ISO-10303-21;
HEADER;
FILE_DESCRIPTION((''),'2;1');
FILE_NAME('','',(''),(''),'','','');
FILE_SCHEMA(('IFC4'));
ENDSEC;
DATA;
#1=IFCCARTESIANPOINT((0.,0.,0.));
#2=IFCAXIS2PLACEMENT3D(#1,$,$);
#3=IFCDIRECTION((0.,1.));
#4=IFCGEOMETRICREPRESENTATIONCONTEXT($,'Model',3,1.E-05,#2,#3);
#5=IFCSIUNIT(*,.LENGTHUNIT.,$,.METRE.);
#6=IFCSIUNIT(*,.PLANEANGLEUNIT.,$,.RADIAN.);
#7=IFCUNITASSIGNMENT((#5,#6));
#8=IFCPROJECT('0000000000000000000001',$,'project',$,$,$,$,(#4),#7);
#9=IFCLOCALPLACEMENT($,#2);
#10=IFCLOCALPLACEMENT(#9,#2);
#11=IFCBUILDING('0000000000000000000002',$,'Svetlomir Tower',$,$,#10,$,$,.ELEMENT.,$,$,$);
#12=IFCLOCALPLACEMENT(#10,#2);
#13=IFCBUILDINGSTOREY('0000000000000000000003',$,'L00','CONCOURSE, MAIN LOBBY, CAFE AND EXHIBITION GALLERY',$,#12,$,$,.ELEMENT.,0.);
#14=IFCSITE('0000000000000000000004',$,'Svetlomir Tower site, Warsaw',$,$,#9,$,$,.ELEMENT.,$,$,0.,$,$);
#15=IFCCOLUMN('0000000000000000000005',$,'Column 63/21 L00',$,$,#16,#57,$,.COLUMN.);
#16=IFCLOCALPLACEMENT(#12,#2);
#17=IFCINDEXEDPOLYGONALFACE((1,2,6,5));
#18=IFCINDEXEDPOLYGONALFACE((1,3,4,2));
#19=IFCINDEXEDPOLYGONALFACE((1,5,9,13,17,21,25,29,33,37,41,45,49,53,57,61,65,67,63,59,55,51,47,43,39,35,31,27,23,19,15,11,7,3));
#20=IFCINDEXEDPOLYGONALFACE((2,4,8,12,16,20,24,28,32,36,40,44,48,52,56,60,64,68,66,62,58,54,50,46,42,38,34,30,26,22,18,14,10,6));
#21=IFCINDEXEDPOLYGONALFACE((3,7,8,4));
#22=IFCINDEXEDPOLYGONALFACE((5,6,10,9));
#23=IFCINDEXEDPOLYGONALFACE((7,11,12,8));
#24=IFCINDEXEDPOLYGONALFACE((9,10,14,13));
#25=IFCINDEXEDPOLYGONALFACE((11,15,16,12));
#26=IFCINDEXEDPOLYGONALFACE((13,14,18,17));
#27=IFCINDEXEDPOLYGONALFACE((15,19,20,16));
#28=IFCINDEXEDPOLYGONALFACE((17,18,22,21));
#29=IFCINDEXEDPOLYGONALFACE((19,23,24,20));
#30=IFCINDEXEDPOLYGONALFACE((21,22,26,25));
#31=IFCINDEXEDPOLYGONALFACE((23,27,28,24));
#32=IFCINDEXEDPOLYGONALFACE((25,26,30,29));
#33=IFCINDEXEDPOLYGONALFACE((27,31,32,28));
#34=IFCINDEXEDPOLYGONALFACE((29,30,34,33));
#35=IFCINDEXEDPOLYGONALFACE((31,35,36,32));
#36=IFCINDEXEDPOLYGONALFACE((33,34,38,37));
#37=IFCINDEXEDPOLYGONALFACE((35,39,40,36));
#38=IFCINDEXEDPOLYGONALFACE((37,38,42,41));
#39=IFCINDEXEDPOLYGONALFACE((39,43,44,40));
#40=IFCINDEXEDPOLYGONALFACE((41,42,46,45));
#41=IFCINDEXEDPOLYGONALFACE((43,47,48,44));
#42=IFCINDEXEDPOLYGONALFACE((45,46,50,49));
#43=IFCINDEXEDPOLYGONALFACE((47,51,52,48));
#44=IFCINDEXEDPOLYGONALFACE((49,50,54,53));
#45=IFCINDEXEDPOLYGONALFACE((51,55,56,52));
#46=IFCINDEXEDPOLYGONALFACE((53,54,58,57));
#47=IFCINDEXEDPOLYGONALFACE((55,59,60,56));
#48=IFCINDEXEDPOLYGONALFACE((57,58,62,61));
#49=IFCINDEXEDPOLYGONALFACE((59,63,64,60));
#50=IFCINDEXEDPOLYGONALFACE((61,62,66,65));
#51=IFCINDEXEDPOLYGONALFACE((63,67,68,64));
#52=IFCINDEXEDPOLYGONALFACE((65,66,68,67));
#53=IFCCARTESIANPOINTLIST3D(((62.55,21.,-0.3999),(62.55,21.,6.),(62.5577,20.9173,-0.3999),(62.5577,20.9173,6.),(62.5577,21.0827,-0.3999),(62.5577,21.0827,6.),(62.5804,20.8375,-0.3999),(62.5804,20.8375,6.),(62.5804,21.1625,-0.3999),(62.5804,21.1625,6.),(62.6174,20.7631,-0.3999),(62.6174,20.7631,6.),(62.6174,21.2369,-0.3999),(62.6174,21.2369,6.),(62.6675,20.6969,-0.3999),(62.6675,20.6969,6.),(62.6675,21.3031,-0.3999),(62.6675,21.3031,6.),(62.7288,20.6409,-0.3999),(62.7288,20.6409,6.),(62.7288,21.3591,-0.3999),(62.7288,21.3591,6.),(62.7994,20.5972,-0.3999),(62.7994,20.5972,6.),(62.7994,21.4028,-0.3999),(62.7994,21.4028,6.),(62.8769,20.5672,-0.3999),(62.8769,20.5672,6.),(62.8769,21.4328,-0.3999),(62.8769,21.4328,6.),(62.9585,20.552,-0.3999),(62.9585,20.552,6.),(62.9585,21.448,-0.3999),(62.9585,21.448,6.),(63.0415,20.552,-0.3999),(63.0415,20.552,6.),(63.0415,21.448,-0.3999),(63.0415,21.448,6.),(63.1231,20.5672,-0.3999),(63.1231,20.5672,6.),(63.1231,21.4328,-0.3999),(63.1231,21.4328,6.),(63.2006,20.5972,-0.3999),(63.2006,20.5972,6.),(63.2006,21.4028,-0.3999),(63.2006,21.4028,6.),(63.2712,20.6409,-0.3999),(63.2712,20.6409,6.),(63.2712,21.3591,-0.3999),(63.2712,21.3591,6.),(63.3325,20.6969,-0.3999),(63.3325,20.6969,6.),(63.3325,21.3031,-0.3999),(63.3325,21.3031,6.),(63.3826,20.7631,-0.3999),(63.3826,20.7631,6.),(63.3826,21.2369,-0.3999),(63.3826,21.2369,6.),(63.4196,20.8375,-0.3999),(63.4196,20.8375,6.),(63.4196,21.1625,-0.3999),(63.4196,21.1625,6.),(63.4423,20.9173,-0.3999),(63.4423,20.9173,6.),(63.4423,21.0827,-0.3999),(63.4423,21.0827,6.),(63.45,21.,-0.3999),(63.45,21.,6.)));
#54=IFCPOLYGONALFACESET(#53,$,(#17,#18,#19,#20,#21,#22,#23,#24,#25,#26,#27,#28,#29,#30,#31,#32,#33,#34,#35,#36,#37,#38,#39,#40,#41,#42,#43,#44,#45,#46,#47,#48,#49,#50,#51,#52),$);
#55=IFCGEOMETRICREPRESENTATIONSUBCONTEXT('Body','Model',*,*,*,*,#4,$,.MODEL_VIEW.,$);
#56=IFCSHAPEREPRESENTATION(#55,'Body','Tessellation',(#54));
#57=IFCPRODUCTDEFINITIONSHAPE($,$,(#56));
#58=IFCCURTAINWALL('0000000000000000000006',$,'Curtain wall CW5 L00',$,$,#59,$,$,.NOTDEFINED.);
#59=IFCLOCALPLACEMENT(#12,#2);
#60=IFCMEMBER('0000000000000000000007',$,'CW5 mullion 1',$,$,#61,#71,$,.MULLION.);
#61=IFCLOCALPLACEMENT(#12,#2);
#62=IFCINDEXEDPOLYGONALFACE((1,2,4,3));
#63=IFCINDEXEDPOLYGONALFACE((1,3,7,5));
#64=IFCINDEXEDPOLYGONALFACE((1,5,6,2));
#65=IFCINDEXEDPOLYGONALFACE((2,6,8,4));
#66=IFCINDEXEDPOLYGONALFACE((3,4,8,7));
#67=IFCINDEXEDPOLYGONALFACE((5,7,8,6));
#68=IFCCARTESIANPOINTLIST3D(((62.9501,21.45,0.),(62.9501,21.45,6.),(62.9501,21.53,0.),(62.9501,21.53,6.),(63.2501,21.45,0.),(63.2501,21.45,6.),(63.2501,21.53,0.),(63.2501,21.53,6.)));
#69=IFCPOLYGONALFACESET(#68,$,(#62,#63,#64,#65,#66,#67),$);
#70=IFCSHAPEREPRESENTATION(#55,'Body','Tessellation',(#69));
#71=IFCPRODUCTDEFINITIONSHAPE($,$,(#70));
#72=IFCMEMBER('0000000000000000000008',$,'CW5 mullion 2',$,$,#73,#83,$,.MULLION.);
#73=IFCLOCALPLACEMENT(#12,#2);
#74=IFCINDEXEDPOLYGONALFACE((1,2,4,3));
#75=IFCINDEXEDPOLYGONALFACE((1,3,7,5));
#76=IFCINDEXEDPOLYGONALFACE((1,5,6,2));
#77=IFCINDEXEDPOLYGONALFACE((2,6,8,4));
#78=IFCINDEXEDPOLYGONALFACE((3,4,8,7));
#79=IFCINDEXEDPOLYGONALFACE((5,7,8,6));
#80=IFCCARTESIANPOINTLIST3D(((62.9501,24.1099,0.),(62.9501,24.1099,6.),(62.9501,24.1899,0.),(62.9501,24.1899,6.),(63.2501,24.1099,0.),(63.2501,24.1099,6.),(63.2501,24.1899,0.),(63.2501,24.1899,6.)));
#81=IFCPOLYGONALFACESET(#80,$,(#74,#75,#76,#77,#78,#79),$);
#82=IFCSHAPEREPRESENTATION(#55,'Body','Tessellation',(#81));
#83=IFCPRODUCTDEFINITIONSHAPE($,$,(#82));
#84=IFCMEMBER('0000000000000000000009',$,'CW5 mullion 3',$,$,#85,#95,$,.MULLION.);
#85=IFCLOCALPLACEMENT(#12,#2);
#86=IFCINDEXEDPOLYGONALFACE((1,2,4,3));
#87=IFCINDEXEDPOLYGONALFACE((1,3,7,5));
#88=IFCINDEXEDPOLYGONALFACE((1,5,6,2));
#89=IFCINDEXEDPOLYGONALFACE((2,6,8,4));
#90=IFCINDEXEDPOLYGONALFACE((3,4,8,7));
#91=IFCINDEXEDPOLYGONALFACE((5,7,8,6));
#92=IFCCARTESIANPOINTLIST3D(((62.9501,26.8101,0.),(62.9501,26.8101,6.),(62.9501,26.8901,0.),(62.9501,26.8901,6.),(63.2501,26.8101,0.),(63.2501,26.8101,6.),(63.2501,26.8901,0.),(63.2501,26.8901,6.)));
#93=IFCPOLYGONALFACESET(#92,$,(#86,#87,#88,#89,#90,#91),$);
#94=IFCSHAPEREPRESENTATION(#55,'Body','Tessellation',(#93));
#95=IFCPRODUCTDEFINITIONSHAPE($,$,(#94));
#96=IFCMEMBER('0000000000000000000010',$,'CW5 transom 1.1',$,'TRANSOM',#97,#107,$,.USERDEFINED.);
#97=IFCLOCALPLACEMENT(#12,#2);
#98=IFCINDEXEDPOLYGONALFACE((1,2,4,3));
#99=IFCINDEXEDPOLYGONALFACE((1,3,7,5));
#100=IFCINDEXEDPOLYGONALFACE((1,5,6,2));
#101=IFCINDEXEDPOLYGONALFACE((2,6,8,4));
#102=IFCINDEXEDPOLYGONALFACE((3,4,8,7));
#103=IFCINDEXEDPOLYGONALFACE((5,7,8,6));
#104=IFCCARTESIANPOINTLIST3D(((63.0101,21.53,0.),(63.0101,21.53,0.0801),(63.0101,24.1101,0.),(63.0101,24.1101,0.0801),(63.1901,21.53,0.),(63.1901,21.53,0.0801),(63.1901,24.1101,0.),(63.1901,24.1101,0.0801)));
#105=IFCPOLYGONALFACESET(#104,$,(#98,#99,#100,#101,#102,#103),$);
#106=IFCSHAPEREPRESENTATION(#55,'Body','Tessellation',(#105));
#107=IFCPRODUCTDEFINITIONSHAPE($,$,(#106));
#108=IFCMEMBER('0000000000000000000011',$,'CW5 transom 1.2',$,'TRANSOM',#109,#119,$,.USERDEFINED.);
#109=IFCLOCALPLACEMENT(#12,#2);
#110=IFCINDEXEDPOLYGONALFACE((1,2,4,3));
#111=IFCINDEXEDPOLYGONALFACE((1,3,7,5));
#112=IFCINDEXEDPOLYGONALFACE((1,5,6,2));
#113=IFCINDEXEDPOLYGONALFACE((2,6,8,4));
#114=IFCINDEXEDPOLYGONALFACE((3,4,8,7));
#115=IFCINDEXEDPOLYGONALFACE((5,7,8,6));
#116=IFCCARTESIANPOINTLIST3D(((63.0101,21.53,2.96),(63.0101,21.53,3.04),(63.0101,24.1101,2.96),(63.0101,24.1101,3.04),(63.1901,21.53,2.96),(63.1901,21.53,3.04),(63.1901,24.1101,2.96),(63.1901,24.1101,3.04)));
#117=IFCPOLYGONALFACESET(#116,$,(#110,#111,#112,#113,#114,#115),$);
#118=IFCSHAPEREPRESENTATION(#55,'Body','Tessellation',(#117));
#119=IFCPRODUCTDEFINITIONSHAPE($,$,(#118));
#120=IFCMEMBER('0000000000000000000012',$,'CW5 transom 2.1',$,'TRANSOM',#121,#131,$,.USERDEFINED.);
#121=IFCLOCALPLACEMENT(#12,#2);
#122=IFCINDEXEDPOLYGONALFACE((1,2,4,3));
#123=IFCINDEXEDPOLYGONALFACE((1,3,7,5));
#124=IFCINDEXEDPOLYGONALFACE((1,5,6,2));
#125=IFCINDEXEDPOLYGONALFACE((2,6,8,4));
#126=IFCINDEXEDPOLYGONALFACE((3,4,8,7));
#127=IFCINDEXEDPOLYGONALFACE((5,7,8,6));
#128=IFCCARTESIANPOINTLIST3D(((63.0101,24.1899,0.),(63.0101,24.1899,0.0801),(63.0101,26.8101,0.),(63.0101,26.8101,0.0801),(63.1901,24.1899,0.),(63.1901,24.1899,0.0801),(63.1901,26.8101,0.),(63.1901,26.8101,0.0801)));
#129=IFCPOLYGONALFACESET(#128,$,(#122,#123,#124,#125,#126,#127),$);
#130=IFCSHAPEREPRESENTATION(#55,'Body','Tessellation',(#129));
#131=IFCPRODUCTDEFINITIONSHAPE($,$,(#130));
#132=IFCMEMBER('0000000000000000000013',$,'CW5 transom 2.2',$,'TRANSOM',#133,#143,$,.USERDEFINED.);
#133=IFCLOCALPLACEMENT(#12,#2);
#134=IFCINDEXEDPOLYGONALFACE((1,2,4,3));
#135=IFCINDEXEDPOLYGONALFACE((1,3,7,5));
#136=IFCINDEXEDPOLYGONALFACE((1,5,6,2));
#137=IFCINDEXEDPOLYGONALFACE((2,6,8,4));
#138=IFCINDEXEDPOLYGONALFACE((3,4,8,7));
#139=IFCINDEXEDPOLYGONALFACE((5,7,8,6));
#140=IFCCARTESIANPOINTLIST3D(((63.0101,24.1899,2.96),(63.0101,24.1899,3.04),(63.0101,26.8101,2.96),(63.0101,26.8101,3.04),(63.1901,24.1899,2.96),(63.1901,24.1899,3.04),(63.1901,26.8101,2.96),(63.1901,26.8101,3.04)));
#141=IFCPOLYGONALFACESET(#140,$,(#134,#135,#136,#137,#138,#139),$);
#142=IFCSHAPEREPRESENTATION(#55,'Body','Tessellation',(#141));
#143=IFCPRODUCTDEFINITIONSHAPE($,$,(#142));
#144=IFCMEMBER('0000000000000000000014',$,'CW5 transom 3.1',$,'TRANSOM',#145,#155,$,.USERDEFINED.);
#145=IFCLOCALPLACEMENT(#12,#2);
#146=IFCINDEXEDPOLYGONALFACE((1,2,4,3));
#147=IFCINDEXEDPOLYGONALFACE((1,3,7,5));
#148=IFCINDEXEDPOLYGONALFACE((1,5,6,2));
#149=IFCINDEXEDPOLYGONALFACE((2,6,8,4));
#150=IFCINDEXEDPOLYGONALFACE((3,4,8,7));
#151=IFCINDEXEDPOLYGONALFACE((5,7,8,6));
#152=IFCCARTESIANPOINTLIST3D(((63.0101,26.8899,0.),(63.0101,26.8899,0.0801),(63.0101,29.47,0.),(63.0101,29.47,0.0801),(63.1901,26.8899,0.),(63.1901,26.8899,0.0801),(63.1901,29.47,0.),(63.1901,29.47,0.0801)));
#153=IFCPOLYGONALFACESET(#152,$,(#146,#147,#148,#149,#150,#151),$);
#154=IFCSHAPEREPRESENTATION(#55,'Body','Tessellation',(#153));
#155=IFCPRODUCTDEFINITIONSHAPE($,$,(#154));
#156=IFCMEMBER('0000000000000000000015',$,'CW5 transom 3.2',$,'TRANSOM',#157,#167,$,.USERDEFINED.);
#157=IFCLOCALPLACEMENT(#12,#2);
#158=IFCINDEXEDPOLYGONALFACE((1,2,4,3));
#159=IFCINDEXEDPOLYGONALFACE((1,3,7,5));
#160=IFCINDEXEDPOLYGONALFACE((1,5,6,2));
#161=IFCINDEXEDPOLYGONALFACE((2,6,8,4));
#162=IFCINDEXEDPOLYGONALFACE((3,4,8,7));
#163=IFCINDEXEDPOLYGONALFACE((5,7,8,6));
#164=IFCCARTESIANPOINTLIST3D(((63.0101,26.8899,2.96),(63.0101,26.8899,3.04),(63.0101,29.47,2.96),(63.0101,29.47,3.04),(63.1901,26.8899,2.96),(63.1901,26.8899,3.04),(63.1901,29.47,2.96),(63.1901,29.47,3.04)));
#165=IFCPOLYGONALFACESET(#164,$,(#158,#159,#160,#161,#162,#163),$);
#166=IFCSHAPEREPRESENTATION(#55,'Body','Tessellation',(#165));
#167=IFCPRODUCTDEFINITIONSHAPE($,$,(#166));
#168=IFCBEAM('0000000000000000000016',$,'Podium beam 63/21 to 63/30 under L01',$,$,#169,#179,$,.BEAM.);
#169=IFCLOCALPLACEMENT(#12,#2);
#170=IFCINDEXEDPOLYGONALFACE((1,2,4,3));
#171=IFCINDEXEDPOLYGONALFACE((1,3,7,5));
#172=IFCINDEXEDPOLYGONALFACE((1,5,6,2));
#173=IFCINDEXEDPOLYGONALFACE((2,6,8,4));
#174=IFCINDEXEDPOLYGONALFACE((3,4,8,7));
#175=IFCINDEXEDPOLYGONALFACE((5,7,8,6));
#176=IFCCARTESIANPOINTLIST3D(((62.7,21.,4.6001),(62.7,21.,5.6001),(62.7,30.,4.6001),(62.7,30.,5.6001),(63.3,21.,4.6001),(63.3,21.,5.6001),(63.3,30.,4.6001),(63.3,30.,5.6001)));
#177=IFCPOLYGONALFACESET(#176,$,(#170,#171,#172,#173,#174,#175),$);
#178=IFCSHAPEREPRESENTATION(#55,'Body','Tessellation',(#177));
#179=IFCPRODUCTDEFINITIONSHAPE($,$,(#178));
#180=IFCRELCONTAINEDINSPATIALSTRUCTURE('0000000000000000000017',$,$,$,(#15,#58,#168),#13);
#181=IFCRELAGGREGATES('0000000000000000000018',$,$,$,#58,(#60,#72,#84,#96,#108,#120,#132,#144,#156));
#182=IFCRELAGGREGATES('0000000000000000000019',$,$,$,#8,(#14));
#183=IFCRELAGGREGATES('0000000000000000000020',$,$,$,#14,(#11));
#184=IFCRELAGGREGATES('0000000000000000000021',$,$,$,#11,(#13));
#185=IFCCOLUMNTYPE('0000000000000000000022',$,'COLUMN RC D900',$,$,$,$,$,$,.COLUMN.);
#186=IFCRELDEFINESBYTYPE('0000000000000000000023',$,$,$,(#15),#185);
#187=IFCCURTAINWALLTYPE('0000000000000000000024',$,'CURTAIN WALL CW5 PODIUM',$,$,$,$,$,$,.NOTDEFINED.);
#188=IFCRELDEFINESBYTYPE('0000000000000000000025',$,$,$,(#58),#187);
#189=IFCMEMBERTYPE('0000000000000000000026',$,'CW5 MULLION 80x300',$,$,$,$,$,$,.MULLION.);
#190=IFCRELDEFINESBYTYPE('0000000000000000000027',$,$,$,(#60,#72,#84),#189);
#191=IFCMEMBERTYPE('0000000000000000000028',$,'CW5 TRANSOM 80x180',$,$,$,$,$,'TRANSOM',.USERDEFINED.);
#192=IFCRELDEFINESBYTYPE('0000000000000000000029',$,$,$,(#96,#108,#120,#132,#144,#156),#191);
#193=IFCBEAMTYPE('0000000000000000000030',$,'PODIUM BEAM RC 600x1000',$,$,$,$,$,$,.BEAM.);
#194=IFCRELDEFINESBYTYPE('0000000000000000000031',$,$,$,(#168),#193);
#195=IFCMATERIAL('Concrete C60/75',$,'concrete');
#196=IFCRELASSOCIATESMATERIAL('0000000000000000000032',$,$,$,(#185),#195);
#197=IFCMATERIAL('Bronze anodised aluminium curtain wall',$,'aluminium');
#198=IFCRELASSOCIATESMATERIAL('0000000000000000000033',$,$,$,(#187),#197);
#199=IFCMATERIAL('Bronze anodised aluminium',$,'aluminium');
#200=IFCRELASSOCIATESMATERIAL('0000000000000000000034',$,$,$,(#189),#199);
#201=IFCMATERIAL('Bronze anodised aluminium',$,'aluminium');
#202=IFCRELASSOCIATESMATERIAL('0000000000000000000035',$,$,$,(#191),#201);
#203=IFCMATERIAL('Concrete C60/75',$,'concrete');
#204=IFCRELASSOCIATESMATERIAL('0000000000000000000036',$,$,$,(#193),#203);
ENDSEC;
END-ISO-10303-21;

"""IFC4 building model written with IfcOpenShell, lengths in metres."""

from ifc_helpers import new_model, si_unit, direction, frame, origin, origin_2d, place, context, subcontext, project, spatial, rectangle, circle, extrude, material, material_profile, profile_set, type_object, element, aggregate, save


model = new_model("IFC4")

# Units and contexts
model_context = context("Model", 3, precision=1e-05, world=origin(), true_north=direction((0.0, 1.0)))
body_context = subcontext(model_context, "Body", "Model", "MODEL_VIEW")
ifc_project = project(units=[si_unit("LENGTHUNIT", "METRE"), si_unit("PLANEANGLEUNIT", "RADIAN")], contexts=[model_context])

# Site, building, storey
site_placement = place(None, origin())
site = spatial("IfcSite", under=ifc_project, at=site_placement, Name="Svetlomir Tower site, Warsaw", CompositionType="ELEMENT", RefElevation=0.0)
building_placement = place(site_placement, origin())
building = spatial("IfcBuilding", under=site, at=building_placement, Name="Svetlomir Tower", CompositionType="ELEMENT")
storey_placement = place(building_placement, origin())
storey = spatial("IfcBuildingStorey", under=building, at=storey_placement, Name="L00", Description="CONCOURSE, MAIN LOBBY, CAFE AND EXHIBITION GALLERY", CompositionType="ELEMENT", Elevation=0.0)

# Column
ifc_material_1 = material(Name="Concrete C60/75", Category="concrete")
ifc_material_profile_1 = material_profile(ifc_material_1, circle(Radius=0.45, at=origin_2d()), Name="RC D900")
ifc_profile_set_1 = profile_set([ifc_material_profile_1], Name="Concrete C60/75")
column_type = type_object("IfcColumnType", Name="COLUMN RC D900", PredefinedType="COLUMN", material=ifc_profile_set_1)
column_placement = place(storey_placement, frame((63.0, 21.0, -0.3999), z_axis=(0.0, 0.0, 1.0), x_axis=(1.0, 0.0, 0.0)))
element("IfcColumn", 1, at=column_placement, inside=storey, type_object=column_type, Name="Column 63/21 L00", PredefinedType="COLUMN", context=body_context, shape_type="SweptSolid", body=[
    extrude(circle(Radius=0.45, at=origin_2d()), origin(), (0.0, 0.0, 1.0), 6.3999),
])

# Curtain wall, members
ifc_material_2 = material(Name="Bronze anodised aluminium curtain wall", Category="aluminium")
curtain_wall_type = type_object("IfcCurtainWallType", Name="CURTAIN WALL CW5 PODIUM", PredefinedType="NOTDEFINED", material=ifc_material_2)
curtain_wall_placement = place(storey_placement, origin())
curtain_wall = element("IfcCurtainWall", 2, at=curtain_wall_placement, inside=storey, type_object=curtain_wall_type, Name="Curtain wall CW5 L00", PredefinedType="NOTDEFINED")
ifc_material_3 = material(Name="Bronze anodised aluminium", Category="aluminium")
ifc_material_profile_2 = material_profile(ifc_material_3, rectangle(XDim=0.0801, YDim=0.3, at=origin_2d()), Name="AL 80x300")
ifc_profile_set_2 = profile_set([ifc_material_profile_2], Name="Bronze anodised aluminium 6063-T6")
member_type_1 = type_object("IfcMemberType", Name="CW5 MULLION 80x300", PredefinedType="MULLION", material=ifc_profile_set_2)
member_1_placement = place(storey_placement, frame((63.1001, 21.49, 0.0), z_axis=(0.0, 0.0, 1.0), x_axis=(0.0, 1.0, 0.0)))
member_1 = element("IfcMember", 3, at=member_1_placement, type_object=member_type_1, Name="CW5 mullion 1", PredefinedType="MULLION", context=body_context, shape_type="SweptSolid", body=[
    extrude(rectangle(XDim=0.0801, YDim=0.3, at=origin_2d()), origin(), (0.0, 0.0, 1.0), 6.0),
])
member_2_placement = place(storey_placement, frame((63.1001, 24.1499, 0.0), z_axis=(0.0, 0.0, 1.0), x_axis=(0.0, 1.0, 0.0)))
member_2 = element("IfcMember", 4, at=member_2_placement, type_object=member_type_1, Name="CW5 mullion 2", PredefinedType="MULLION", context=body_context, shape_type="SweptSolid", body=[
    extrude(rectangle(XDim=0.0801, YDim=0.3, at=origin_2d()), origin(), (0.0, 0.0, 1.0), 6.0),
])
member_3_placement = place(storey_placement, frame((63.1001, 26.8501, 0.0), z_axis=(0.0, 0.0, 1.0), x_axis=(0.0, 1.0, 0.0)))
member_3 = element("IfcMember", 5, at=member_3_placement, type_object=member_type_1, Name="CW5 mullion 3", PredefinedType="MULLION", context=body_context, shape_type="SweptSolid", body=[
    extrude(rectangle(XDim=0.0801, YDim=0.3, at=origin_2d()), origin(), (0.0, 0.0, 1.0), 6.0),
])
ifc_material_4 = material(Name="Bronze anodised aluminium", Category="aluminium")
ifc_material_profile_3 = material_profile(ifc_material_4, rectangle(XDim=0.1799, YDim=0.0801, at=origin_2d()), Name="AL 180x80")
ifc_profile_set_3 = profile_set([ifc_material_profile_3], Name="Bronze anodised aluminium 6063-T6")
member_type_2 = type_object("IfcMemberType", Name="CW5 TRANSOM 80x180", ElementType="TRANSOM", PredefinedType="USERDEFINED", material=ifc_profile_set_3)
member_4_placement = place(storey_placement, frame((63.1001, 21.53, 0.04), z_axis=(0.0, 1.0, 0.0), x_axis=(-1.0, 0.0, 0.0)))
member_4 = element("IfcMember", 6, at=member_4_placement, type_object=member_type_2, Name="CW5 transom 1.1", ObjectType="TRANSOM", PredefinedType="USERDEFINED", context=body_context, shape_type="SweptSolid", body=[
    extrude(rectangle(XDim=0.1799, YDim=0.0801, at=origin_2d()), origin(), (0.0, 0.0, 1.0), 2.5801),
])
member_5_placement = place(storey_placement, frame((63.1001, 21.53, 3.0), z_axis=(0.0, 1.0, 0.0), x_axis=(-1.0, 0.0, 0.0)))
member_5 = element("IfcMember", 7, at=member_5_placement, type_object=member_type_2, Name="CW5 transom 1.2", ObjectType="TRANSOM", PredefinedType="USERDEFINED", context=body_context, shape_type="SweptSolid", body=[
    extrude(rectangle(XDim=0.1799, YDim=0.0801, at=origin_2d()), origin(), (0.0, 0.0, 1.0), 2.5801),
])
member_6_placement = place(storey_placement, frame((63.1001, 24.1899, 0.04), z_axis=(0.0, 1.0, 0.0), x_axis=(-1.0, 0.0, 0.0)))
member_6 = element("IfcMember", 8, at=member_6_placement, type_object=member_type_2, Name="CW5 transom 2.1", ObjectType="TRANSOM", PredefinedType="USERDEFINED", context=body_context, shape_type="SweptSolid", body=[
    extrude(rectangle(XDim=0.1799, YDim=0.0801, at=origin_2d()), origin(), (0.0, 0.0, 1.0), 2.6201),
])
member_7_placement = place(storey_placement, frame((63.1001, 24.1899, 3.0), z_axis=(0.0, 1.0, 0.0), x_axis=(-1.0, 0.0, 0.0)))
member_7 = element("IfcMember", 9, at=member_7_placement, type_object=member_type_2, Name="CW5 transom 2.2", ObjectType="TRANSOM", PredefinedType="USERDEFINED", context=body_context, shape_type="SweptSolid", body=[
    extrude(rectangle(XDim=0.1799, YDim=0.0801, at=origin_2d()), origin(), (0.0, 0.0, 1.0), 2.6201),
])
member_8_placement = place(storey_placement, frame((63.1001, 26.8899, 0.04), z_axis=(0.0, 1.0, 0.0), x_axis=(-1.0, 0.0, 0.0)))
member_8 = element("IfcMember", 10, at=member_8_placement, type_object=member_type_2, Name="CW5 transom 3.1", ObjectType="TRANSOM", PredefinedType="USERDEFINED", context=body_context, shape_type="SweptSolid", body=[
    extrude(rectangle(XDim=0.1799, YDim=0.0801, at=origin_2d()), origin(), (0.0, 0.0, 1.0), 2.5801),
])
member_9_placement = place(storey_placement, frame((63.1001, 26.8899, 3.0), z_axis=(0.0, 1.0, 0.0), x_axis=(-1.0, 0.0, 0.0)))
member_9 = element("IfcMember", 11, at=member_9_placement, type_object=member_type_2, Name="CW5 transom 3.2", ObjectType="TRANSOM", PredefinedType="USERDEFINED", context=body_context, shape_type="SweptSolid", body=[
    extrude(rectangle(XDim=0.1799, YDim=0.0801, at=origin_2d()), origin(), (0.0, 0.0, 1.0), 2.5801),
])

# Beam
ifc_material_5 = material(Name="Concrete C60/75", Category="concrete")
ifc_material_profile_4 = material_profile(ifc_material_5, rectangle(XDim=0.6001, YDim=1.0, at=origin_2d()), Name="RC 600x1000")
ifc_profile_set_4 = profile_set([ifc_material_profile_4], Name="Concrete C60/75")
beam_type = type_object("IfcBeamType", Name="PODIUM BEAM RC 600x1000", PredefinedType="BEAM", material=ifc_profile_set_4)
beam_placement = place(storey_placement, frame((63.0, 21.0, 5.1001), z_axis=(0.0, 1.0, 0.0), x_axis=(-1.0, 0.0, 0.0)))
element("IfcBeam", 12, at=beam_placement, inside=storey, type_object=beam_type, Name="Podium beam 63/21 to 63/30 under L01", PredefinedType="BEAM", context=body_context, shape_type="SweptSolid", body=[
    extrude(rectangle(XDim=0.6001, YDim=1.0, at=origin_2d()), origin(), (0.0, 0.0, 1.0), 9.0),
])

aggregate(curtain_wall, [member_1, member_2, member_3, member_4, member_5, member_6, member_7, member_8, member_9])

save(model, "model.ifc")
